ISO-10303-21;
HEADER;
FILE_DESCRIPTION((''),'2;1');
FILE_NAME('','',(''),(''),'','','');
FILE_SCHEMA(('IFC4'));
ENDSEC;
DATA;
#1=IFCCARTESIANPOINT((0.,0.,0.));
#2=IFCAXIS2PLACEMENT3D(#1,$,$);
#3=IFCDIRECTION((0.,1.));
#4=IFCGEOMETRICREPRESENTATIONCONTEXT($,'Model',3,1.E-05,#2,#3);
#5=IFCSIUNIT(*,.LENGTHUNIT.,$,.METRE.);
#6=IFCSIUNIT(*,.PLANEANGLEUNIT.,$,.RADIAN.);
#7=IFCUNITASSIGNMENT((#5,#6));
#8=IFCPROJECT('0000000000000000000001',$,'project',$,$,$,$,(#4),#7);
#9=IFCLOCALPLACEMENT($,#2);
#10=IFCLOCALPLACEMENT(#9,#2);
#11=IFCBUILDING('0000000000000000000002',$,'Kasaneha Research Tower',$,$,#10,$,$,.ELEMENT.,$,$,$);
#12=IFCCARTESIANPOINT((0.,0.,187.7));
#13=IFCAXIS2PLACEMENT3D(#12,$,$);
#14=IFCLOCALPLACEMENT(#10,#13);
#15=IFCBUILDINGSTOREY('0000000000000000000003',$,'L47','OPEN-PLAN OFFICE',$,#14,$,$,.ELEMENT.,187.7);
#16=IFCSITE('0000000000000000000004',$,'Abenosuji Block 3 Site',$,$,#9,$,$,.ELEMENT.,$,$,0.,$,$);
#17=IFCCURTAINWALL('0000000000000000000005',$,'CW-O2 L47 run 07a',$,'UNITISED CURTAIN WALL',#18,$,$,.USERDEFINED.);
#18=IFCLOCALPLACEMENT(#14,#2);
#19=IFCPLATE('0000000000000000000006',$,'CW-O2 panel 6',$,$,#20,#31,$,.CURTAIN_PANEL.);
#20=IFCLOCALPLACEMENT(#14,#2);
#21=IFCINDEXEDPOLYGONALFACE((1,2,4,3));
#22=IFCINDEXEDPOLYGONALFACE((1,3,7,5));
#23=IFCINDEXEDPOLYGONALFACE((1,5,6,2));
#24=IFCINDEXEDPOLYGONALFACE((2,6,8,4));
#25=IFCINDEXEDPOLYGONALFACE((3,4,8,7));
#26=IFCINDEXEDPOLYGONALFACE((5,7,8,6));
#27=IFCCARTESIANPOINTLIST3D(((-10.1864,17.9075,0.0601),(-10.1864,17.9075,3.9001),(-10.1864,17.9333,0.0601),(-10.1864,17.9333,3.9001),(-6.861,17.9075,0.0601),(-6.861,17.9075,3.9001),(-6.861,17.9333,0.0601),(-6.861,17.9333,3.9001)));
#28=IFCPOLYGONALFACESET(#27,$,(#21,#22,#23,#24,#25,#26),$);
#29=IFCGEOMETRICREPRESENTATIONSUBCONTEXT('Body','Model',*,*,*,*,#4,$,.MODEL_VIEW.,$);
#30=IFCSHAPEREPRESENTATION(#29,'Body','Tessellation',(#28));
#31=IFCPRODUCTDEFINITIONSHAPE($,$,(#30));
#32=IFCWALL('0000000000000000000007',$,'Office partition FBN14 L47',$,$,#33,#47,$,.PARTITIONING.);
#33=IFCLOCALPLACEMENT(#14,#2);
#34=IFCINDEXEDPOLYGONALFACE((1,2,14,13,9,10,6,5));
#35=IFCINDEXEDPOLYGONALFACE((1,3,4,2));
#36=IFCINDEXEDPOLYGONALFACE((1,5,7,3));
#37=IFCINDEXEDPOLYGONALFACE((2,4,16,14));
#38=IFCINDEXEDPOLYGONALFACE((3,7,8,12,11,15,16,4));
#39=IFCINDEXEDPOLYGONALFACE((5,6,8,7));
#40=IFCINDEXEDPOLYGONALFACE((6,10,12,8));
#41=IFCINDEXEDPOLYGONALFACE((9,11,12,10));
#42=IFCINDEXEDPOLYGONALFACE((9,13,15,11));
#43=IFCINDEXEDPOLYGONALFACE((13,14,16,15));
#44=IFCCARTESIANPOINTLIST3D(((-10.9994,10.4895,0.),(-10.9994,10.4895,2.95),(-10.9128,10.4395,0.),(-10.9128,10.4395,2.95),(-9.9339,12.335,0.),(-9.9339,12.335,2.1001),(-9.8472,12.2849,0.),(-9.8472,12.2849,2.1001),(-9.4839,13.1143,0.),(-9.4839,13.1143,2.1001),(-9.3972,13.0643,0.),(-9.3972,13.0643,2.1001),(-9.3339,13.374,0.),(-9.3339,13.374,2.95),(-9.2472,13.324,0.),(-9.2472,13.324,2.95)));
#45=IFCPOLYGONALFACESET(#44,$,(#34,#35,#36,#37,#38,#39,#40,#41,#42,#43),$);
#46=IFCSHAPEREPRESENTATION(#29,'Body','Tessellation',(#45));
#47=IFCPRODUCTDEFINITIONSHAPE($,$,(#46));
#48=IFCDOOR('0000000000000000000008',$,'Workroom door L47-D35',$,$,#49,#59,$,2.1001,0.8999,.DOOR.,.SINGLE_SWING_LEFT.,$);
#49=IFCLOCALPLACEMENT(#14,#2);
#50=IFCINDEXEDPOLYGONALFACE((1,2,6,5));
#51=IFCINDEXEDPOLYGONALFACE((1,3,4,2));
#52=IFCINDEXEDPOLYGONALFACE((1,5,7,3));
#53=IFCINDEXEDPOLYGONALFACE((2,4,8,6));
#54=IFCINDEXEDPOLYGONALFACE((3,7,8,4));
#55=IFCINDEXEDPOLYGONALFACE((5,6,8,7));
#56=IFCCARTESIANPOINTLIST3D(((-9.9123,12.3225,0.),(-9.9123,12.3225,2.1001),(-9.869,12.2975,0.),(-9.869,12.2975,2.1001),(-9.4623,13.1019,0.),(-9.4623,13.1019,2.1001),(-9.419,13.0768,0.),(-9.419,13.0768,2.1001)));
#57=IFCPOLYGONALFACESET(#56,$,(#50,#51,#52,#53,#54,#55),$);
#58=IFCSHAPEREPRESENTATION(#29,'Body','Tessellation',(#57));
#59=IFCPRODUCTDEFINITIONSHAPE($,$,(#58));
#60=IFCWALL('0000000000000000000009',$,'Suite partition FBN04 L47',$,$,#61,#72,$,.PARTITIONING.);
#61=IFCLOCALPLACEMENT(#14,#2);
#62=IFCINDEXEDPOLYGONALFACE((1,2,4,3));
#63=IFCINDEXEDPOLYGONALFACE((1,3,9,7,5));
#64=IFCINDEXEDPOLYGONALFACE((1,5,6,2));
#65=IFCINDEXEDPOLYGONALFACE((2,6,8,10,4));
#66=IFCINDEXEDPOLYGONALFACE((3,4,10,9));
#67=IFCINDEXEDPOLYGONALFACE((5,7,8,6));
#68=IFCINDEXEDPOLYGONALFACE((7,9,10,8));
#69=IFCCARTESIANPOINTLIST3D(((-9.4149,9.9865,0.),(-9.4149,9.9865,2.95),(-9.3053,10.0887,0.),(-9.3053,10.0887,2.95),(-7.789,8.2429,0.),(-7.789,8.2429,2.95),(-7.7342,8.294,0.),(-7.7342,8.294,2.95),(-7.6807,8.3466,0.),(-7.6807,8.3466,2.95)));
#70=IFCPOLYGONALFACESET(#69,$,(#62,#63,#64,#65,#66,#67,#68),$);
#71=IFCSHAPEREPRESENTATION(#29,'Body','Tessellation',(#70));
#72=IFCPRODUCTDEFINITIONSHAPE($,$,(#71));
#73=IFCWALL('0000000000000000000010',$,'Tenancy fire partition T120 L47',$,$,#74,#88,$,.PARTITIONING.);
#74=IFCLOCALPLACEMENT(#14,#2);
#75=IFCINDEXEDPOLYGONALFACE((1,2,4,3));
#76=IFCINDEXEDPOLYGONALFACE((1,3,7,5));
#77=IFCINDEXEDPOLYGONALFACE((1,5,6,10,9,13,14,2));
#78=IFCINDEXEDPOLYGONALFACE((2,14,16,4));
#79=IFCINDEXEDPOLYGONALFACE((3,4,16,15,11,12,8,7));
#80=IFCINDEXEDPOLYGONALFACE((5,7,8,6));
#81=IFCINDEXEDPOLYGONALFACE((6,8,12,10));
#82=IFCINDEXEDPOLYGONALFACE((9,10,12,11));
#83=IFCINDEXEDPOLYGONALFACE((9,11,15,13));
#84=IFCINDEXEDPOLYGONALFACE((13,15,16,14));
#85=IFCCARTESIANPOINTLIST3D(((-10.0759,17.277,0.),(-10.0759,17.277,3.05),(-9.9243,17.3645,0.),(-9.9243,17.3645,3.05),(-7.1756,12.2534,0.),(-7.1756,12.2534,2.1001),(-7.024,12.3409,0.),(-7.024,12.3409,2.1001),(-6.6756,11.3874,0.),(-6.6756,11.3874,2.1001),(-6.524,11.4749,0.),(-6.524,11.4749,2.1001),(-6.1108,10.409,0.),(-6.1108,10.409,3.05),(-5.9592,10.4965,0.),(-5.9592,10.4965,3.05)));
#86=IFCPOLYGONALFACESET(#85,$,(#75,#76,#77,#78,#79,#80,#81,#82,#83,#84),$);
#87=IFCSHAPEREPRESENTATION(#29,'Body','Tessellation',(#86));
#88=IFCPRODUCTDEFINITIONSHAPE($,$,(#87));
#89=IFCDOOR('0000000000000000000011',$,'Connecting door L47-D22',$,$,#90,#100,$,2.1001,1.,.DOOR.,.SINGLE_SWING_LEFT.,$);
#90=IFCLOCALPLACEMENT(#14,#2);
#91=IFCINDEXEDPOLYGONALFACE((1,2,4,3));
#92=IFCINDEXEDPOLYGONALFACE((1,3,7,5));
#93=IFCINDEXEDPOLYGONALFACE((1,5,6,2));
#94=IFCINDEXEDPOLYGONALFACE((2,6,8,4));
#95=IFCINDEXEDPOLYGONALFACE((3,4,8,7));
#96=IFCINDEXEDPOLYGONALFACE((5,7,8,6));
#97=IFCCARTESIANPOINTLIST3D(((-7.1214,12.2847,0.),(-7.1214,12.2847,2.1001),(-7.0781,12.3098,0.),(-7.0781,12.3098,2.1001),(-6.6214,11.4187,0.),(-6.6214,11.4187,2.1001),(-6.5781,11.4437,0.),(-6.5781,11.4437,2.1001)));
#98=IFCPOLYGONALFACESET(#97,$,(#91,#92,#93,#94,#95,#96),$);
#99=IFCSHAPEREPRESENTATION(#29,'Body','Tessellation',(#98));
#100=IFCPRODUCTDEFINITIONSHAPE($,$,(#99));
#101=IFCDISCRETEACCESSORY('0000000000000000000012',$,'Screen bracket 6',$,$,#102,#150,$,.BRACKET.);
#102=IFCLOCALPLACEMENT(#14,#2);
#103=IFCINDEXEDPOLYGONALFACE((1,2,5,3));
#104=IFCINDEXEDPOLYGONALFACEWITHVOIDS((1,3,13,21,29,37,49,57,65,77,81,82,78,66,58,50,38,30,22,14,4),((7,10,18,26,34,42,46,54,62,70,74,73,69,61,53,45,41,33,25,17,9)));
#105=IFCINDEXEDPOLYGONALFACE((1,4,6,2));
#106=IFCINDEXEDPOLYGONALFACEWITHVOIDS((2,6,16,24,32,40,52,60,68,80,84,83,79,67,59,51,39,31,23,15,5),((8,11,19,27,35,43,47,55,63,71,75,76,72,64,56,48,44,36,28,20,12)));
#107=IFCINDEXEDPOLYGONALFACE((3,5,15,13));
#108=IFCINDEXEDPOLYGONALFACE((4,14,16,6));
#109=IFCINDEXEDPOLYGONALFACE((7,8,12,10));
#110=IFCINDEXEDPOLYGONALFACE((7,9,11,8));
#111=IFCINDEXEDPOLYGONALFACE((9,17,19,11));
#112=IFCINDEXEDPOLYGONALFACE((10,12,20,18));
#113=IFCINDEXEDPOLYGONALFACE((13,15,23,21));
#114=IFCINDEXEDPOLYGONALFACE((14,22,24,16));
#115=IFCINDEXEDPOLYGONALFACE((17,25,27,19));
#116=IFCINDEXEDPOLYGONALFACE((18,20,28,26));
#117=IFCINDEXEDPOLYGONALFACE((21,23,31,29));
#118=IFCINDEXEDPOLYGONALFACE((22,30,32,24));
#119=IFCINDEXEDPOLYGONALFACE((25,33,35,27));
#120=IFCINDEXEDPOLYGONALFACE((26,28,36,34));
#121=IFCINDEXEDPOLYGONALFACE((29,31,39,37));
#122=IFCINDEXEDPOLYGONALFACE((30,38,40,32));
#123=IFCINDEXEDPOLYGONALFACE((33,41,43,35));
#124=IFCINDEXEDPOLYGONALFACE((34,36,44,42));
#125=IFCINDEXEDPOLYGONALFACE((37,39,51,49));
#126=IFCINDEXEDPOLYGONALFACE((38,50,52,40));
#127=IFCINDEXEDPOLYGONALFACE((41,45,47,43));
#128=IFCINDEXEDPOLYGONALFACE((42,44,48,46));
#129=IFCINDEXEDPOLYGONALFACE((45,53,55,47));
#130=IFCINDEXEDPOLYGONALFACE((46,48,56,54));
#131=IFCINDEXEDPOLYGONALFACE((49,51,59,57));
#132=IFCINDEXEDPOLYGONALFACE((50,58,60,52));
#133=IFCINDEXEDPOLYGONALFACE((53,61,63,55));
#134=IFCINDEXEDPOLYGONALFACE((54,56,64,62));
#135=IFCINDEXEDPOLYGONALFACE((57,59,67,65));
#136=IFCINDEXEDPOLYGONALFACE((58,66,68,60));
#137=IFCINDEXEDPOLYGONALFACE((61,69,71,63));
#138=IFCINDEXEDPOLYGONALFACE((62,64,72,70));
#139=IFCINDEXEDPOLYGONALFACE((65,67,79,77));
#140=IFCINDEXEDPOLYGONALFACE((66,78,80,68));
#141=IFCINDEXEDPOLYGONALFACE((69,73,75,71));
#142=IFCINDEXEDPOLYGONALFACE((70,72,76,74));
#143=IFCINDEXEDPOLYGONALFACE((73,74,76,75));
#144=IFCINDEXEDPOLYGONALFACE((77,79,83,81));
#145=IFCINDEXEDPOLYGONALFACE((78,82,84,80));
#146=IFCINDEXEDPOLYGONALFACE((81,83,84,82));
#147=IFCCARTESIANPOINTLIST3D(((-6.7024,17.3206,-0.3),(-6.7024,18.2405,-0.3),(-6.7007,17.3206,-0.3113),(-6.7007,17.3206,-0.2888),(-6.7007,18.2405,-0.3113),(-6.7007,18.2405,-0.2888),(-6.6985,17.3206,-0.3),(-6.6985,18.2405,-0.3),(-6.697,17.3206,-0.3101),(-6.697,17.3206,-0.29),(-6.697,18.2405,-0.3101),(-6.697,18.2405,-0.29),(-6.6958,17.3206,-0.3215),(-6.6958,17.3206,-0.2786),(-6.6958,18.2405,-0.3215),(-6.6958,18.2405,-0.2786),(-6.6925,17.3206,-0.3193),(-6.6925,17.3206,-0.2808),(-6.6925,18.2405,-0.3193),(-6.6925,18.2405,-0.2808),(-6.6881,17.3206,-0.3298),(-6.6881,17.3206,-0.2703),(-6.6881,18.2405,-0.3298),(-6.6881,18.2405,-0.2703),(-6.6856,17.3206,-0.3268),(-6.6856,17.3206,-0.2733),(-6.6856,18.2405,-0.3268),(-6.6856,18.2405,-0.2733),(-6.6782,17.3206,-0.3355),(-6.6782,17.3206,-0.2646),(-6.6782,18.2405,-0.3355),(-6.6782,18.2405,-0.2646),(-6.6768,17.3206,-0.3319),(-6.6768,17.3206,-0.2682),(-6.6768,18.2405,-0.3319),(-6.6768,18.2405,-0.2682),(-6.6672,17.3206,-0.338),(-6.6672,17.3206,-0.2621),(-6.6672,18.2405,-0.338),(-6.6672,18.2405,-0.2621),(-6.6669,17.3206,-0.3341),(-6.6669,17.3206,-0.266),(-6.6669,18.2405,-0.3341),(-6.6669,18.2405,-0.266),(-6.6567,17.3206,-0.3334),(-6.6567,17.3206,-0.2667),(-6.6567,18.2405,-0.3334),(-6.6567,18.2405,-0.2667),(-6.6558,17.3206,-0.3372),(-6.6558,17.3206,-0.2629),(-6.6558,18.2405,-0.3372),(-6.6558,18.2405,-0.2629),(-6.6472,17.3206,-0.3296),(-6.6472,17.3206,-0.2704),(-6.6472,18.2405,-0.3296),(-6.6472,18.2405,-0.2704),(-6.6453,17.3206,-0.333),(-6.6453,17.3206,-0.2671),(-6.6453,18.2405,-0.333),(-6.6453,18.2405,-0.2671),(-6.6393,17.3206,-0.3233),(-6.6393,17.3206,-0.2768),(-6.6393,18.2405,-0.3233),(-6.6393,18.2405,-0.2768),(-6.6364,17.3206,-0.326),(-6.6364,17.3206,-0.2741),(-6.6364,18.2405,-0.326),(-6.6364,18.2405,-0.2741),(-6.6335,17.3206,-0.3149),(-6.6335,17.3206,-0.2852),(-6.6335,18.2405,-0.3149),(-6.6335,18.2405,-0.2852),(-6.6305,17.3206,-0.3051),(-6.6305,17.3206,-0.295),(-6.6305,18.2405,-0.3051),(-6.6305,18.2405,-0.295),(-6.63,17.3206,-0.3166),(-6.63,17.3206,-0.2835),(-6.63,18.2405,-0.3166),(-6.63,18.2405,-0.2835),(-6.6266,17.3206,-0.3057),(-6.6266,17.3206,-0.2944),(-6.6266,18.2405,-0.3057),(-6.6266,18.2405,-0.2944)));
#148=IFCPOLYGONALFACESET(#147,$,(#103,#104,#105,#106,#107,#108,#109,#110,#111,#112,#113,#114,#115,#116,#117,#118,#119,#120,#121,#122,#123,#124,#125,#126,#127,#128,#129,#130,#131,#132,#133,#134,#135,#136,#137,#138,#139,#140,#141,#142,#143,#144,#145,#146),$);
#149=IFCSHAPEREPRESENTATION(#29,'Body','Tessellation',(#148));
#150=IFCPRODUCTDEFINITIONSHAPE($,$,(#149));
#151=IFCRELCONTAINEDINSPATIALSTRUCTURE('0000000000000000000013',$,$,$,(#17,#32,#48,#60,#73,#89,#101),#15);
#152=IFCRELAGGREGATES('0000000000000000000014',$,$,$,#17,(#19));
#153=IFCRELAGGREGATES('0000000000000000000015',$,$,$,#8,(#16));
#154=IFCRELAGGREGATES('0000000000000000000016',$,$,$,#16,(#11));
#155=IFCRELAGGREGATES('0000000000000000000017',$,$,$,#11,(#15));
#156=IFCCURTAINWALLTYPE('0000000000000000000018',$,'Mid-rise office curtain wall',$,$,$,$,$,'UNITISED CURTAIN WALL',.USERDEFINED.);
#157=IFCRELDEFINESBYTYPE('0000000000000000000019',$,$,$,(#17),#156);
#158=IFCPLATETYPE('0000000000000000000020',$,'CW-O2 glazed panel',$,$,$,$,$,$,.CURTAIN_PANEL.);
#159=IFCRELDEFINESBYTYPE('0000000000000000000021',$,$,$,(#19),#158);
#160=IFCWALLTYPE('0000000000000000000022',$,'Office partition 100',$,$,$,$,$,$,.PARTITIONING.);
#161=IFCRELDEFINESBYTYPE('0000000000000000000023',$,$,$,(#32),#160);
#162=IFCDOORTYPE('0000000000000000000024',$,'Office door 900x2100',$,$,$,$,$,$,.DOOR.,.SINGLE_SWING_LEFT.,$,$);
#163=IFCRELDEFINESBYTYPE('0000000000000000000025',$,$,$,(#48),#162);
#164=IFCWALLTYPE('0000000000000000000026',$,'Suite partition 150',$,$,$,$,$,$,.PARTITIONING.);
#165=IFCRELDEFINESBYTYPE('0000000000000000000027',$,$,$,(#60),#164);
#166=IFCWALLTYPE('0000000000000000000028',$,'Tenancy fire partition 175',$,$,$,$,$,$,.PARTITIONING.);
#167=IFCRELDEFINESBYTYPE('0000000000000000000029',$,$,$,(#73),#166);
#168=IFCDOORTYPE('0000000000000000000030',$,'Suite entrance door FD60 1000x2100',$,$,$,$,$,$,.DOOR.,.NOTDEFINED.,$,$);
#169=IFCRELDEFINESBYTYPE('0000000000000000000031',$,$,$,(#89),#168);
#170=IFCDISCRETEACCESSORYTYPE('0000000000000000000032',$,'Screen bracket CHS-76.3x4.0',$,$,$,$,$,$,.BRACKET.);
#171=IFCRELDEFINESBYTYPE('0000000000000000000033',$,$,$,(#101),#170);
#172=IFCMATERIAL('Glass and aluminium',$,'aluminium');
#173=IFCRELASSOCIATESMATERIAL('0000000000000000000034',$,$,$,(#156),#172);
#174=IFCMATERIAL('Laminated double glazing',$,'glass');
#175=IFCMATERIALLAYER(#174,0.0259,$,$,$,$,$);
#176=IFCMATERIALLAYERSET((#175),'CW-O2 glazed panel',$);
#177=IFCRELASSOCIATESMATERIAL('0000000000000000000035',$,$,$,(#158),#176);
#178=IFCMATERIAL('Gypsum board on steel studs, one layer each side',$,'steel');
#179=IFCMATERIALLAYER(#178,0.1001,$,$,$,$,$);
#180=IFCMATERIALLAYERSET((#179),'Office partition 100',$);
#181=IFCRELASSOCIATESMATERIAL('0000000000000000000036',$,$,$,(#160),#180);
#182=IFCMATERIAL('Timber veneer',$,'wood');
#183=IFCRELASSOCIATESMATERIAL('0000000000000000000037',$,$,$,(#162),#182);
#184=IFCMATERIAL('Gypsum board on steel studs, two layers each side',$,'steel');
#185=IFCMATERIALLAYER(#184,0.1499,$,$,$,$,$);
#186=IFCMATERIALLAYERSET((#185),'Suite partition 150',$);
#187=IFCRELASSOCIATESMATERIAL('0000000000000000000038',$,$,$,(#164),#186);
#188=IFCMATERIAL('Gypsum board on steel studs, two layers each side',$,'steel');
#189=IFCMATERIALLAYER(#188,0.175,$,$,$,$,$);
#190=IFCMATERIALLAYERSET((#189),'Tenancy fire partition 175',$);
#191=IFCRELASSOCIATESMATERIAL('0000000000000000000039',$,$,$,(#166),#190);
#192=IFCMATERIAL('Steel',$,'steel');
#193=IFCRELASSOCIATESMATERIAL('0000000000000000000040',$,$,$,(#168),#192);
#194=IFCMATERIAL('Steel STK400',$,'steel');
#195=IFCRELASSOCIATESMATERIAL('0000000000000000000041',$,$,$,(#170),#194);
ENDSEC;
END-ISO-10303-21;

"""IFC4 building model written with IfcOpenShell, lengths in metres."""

from ifc_helpers import new_model, si_unit, direction, frame, frame_2d, origin, origin_2d, place, context, subcontext, project, spatial, polyline, rectangle, hollow_circle, outline, extrude, material, layer, layer_set, material_profile, profile_set, type_object, element, fill, aggregate, save


model = new_model("IFC4")

# Units and contexts
model_context = context("Model", 3, precision=1e-05, world=origin(), true_north=direction((0.0, 1.0)))
body_context = subcontext(model_context, "Body", "Model", "MODEL_VIEW")
ifc_project = project(units=[si_unit("LENGTHUNIT", "METRE"), si_unit("PLANEANGLEUNIT", "RADIAN")], contexts=[model_context])

# Site, building, storey
site_placement = place(None, origin())
site = spatial("IfcSite", under=ifc_project, at=site_placement, Name="Abenosuji Block 3 Site", CompositionType="ELEMENT", RefElevation=0.0)
building_placement = place(site_placement, origin())
building = spatial("IfcBuilding", under=site, at=building_placement, Name="Kasaneha Research Tower", CompositionType="ELEMENT")
storey_placement = place(building_placement, frame((0.0, 0.0, 187.7)))
storey = spatial("IfcBuildingStorey", under=building, at=storey_placement, Name="L47", Description="OPEN-PLAN OFFICE", CompositionType="ELEMENT", Elevation=187.7)

# Curtain wall
ifc_material_1 = material(Name="Glass and aluminium", Category="aluminium")
curtain_wall_type = type_object("IfcCurtainWallType", Name="Mid-rise office curtain wall", ElementType="UNITISED CURTAIN WALL", PredefinedType="USERDEFINED", material=ifc_material_1)
curtain_wall_placement = place(storey_placement, origin())
curtain_wall = element("IfcCurtainWall", 1, at=curtain_wall_placement, inside=storey, type_object=curtain_wall_type, Name="CW-O2 L47 run 07a", ObjectType="UNITISED CURTAIN WALL", PredefinedType="USERDEFINED")

# Plate
ifc_material_2 = material(Name="Laminated double glazing", Category="glass")
ifc_layer_1 = layer(ifc_material_2, 0.0259)
ifc_layer_set_1 = layer_set([ifc_layer_1], Name="CW-O2 glazed panel")
plate_type = type_object("IfcPlateType", Name="CW-O2 glazed panel", PredefinedType="CURTAIN_PANEL", material=ifc_layer_set_1)
plate_placement = place(storey_placement, frame((-8.5237, 17.9204, 0.0601), z_axis=(0.0, 0.0, 1.0), x_axis=(-1.0, 0.0, 0.0)))
plate = element("IfcPlate", 2, at=plate_placement, type_object=plate_type, Name="CW-O2 panel 6", PredefinedType="CURTAIN_PANEL", context=body_context, shape_type="SweptSolid", body=[
    extrude(rectangle(XDim=3.3254, YDim=0.0259, at=origin_2d()), origin(), (0.0, 0.0, 1.0), 3.8401),
])
aggregate(curtain_wall, [plate])

# Wall, opening, door
ifc_material_3 = material(Name="Gypsum board on steel studs, one layer each side", Category="steel")
ifc_layer_2 = layer(ifc_material_3, 0.1001)
ifc_layer_set_2 = layer_set([ifc_layer_2], Name="Office partition 100")
wall_type_1 = type_object("IfcWallType", Name="Office partition 100", PredefinedType="PARTITIONING", material=ifc_layer_set_2)
wall_1_placement = place(storey_placement, frame((-9.2905, 13.3491, 0.0), z_axis=(0.0, 0.0, 1.0), x_axis=(-0.500033, -0.866006, 0.0)))
wall_1 = element("IfcWall", 3, at=wall_1_placement, inside=storey, type_object=wall_type_1, Name="Office partition FBN14 L47", PredefinedType="PARTITIONING", context=body_context, shape_type="SweptSolid", body=[
    extrude(rectangle(XDim=3.3308, YDim=0.1001, at=frame_2d((1.6655, 0.0))), origin(), (0.0, 0.0, 1.0), 2.95),
])
opening_1_placement = place(wall_1_placement, frame((0.3, 0.0, 0.0)))
opening_1 = element("IfcOpeningElement", 4, at=opening_1_placement, cuts=wall_1, PredefinedType="OPENING", context=body_context, shape_type="SweptSolid", body=[
    extrude(rectangle(XDim=0.8999, YDim=2.1001, at=frame_2d((0.45, 1.05))), frame((0.0, 0.0601, 0.0), z_axis=(0.0, -1.0, 0.0), x_axis=(1.0, 0.0, 0.0)), (0.0, 0.0, 1.0), 0.1201),
])
ifc_material_4 = material(Name="Timber veneer", Category="wood")
door_type_1 = type_object("IfcDoorType", Name="Office door 900x2100", OperationType="SINGLE_SWING_LEFT", PredefinedType="DOOR", material=ifc_material_4)
door_1_placement = place(opening_1_placement, origin())
door_1 = element("IfcDoor", 5, at=door_1_placement, inside=storey, type_object=door_type_1, Name="Workroom door L47-D35", OperationType="SINGLE_SWING_LEFT", OverallHeight=2.1001, OverallWidth=0.8999, PredefinedType="DOOR", context=body_context, shape_type="SweptSolid", body=[
    extrude(rectangle(XDim=0.8999, YDim=2.1001, at=frame_2d((0.45, 1.05))), frame((0.0, 0.0249, 0.0), z_axis=(0.0, -1.0, 0.0), x_axis=(1.0, 0.0, 0.0)), (0.0, 0.0, 1.0), 0.05),
])
fill(opening_1, door_1)

# Wall
ifc_material_5 = material(Name="Gypsum board on steel studs, two layers each side", Category="steel")
ifc_layer_3 = layer(ifc_material_5, 0.1499)
ifc_layer_set_3 = layer_set([ifc_layer_3], Name="Suite partition 150")
wall_type_2 = type_object("IfcWallType", Name="Suite partition 150", PredefinedType="PARTITIONING", material=ifc_layer_set_3)
wall_2_placement = place(storey_placement, frame((-9.3601, 10.0376, 0.0), z_axis=(0.0, 0.0, 1.0), x_axis=(0.681997, -0.731355, 0.0)))
element("IfcWall", 6, at=wall_2_placement, inside=storey, type_object=wall_type_2, Name="Suite partition FBN04 L47", PredefinedType="PARTITIONING", context=body_context, shape_type="SweptSolid", body=[
    extrude(outline(polyline([(0.0, -0.075), (2.384, -0.075), (2.384, 0.0), (2.3821, 0.075), (0.0, 0.075), (0.0, -0.075)])), origin(), (0.0, 0.0, 1.0), 2.95),
])

# Wall, opening, door
ifc_material_6 = material(Name="Gypsum board on steel studs, two layers each side", Category="steel")
ifc_layer_4 = layer(ifc_material_6, 0.175)
ifc_layer_set_4 = layer_set([ifc_layer_4], Name="Tenancy fire partition 175")
wall_type_3 = type_object("IfcWallType", Name="Tenancy fire partition 175", PredefinedType="PARTITIONING", material=ifc_layer_set_4)
wall_3_placement = place(storey_placement, frame((-6.0349, 10.4526, 0.0), z_axis=(0.0, 0.0, 1.0), x_axis=(-0.49999, 0.866031, 0.0)))
wall_3 = element("IfcWall", 7, at=wall_3_placement, inside=storey, type_object=wall_type_3, Name="Tenancy fire partition T120 L47", PredefinedType="PARTITIONING", context=body_context, shape_type="SweptSolid", body=[
    extrude(rectangle(XDim=7.9304, YDim=0.175, at=frame_2d((3.9653, 0.0))), origin(), (0.0, 0.0, 1.0), 3.05),
])
opening_2_placement = place(wall_3_placement, frame((1.1299, 0.0, 0.0)))
opening_2 = element("IfcOpeningElement", 8, at=opening_2_placement, cuts=wall_3, PredefinedType="OPENING", context=body_context, shape_type="SweptSolid", body=[
    extrude(rectangle(XDim=1.0, YDim=2.1001, at=frame_2d((0.5, 1.05))), frame((0.0, 0.0977, 0.0), z_axis=(0.0, -1.0, 0.0), x_axis=(1.0, 0.0, 0.0)), (0.0, 0.0, 1.0), 0.1951),
])
ifc_material_7 = material(Name="Steel", Category="steel")
door_type_2 = type_object("IfcDoorType", Name="Suite entrance door FD60 1000x2100", OperationType="NOTDEFINED", PredefinedType="DOOR", material=ifc_material_7)
door_2_placement = place(opening_2_placement, origin())
door_2 = element("IfcDoor", 9, at=door_2_placement, inside=storey, type_object=door_type_2, Name="Connecting door L47-D22", OperationType="SINGLE_SWING_LEFT", OverallHeight=2.1001, OverallWidth=1.0, PredefinedType="DOOR", context=body_context, shape_type="SweptSolid", body=[
    extrude(rectangle(XDim=1.0, YDim=2.1001, at=frame_2d((0.5, 1.05))), frame((0.0, 0.0249, 0.0), z_axis=(0.0, -1.0, 0.0), x_axis=(1.0, 0.0, 0.0)), (0.0, 0.0, 1.0), 0.05),
])
fill(opening_2, door_2)

# Discrete accessory
ifc_material_8 = material(Name="Steel STK400", Category="steel")
ifc_material_profile_1 = material_profile(ifc_material_8, hollow_circle(Radius=0.0381, WallThickness=0.0039, at=origin_2d()), Name="CHS-76.3x4.0")
ifc_profile_set_1 = profile_set([ifc_material_profile_1], Name="Steel STK400")
discrete_accessory_type = type_object("IfcDiscreteAccessoryType", Name="Screen bracket CHS-76.3x4.0", PredefinedType="BRACKET", material=ifc_profile_set_1)
for number, where, z_axis, x_axis, name in (
    (10, (-6.6643, 17.3206, -0.3), (0.0, 1.0, 0.0), (-1.0, 0.0, 0.0), "Screen bracket 6"),
):
    element("IfcDiscreteAccessory", number, at=place(storey_placement, frame(where, z_axis=z_axis, x_axis=x_axis)), inside=storey, type_object=discrete_accessory_type, Name=name, PredefinedType="BRACKET", context=body_context, shape_type="SweptSolid", body=[
        extrude(hollow_circle(Radius=0.0381, WallThickness=0.0039, at=origin_2d()), origin(), (0.0, 0.0, 1.0), 0.9199),
    ])

save(model, "model.ifc")
